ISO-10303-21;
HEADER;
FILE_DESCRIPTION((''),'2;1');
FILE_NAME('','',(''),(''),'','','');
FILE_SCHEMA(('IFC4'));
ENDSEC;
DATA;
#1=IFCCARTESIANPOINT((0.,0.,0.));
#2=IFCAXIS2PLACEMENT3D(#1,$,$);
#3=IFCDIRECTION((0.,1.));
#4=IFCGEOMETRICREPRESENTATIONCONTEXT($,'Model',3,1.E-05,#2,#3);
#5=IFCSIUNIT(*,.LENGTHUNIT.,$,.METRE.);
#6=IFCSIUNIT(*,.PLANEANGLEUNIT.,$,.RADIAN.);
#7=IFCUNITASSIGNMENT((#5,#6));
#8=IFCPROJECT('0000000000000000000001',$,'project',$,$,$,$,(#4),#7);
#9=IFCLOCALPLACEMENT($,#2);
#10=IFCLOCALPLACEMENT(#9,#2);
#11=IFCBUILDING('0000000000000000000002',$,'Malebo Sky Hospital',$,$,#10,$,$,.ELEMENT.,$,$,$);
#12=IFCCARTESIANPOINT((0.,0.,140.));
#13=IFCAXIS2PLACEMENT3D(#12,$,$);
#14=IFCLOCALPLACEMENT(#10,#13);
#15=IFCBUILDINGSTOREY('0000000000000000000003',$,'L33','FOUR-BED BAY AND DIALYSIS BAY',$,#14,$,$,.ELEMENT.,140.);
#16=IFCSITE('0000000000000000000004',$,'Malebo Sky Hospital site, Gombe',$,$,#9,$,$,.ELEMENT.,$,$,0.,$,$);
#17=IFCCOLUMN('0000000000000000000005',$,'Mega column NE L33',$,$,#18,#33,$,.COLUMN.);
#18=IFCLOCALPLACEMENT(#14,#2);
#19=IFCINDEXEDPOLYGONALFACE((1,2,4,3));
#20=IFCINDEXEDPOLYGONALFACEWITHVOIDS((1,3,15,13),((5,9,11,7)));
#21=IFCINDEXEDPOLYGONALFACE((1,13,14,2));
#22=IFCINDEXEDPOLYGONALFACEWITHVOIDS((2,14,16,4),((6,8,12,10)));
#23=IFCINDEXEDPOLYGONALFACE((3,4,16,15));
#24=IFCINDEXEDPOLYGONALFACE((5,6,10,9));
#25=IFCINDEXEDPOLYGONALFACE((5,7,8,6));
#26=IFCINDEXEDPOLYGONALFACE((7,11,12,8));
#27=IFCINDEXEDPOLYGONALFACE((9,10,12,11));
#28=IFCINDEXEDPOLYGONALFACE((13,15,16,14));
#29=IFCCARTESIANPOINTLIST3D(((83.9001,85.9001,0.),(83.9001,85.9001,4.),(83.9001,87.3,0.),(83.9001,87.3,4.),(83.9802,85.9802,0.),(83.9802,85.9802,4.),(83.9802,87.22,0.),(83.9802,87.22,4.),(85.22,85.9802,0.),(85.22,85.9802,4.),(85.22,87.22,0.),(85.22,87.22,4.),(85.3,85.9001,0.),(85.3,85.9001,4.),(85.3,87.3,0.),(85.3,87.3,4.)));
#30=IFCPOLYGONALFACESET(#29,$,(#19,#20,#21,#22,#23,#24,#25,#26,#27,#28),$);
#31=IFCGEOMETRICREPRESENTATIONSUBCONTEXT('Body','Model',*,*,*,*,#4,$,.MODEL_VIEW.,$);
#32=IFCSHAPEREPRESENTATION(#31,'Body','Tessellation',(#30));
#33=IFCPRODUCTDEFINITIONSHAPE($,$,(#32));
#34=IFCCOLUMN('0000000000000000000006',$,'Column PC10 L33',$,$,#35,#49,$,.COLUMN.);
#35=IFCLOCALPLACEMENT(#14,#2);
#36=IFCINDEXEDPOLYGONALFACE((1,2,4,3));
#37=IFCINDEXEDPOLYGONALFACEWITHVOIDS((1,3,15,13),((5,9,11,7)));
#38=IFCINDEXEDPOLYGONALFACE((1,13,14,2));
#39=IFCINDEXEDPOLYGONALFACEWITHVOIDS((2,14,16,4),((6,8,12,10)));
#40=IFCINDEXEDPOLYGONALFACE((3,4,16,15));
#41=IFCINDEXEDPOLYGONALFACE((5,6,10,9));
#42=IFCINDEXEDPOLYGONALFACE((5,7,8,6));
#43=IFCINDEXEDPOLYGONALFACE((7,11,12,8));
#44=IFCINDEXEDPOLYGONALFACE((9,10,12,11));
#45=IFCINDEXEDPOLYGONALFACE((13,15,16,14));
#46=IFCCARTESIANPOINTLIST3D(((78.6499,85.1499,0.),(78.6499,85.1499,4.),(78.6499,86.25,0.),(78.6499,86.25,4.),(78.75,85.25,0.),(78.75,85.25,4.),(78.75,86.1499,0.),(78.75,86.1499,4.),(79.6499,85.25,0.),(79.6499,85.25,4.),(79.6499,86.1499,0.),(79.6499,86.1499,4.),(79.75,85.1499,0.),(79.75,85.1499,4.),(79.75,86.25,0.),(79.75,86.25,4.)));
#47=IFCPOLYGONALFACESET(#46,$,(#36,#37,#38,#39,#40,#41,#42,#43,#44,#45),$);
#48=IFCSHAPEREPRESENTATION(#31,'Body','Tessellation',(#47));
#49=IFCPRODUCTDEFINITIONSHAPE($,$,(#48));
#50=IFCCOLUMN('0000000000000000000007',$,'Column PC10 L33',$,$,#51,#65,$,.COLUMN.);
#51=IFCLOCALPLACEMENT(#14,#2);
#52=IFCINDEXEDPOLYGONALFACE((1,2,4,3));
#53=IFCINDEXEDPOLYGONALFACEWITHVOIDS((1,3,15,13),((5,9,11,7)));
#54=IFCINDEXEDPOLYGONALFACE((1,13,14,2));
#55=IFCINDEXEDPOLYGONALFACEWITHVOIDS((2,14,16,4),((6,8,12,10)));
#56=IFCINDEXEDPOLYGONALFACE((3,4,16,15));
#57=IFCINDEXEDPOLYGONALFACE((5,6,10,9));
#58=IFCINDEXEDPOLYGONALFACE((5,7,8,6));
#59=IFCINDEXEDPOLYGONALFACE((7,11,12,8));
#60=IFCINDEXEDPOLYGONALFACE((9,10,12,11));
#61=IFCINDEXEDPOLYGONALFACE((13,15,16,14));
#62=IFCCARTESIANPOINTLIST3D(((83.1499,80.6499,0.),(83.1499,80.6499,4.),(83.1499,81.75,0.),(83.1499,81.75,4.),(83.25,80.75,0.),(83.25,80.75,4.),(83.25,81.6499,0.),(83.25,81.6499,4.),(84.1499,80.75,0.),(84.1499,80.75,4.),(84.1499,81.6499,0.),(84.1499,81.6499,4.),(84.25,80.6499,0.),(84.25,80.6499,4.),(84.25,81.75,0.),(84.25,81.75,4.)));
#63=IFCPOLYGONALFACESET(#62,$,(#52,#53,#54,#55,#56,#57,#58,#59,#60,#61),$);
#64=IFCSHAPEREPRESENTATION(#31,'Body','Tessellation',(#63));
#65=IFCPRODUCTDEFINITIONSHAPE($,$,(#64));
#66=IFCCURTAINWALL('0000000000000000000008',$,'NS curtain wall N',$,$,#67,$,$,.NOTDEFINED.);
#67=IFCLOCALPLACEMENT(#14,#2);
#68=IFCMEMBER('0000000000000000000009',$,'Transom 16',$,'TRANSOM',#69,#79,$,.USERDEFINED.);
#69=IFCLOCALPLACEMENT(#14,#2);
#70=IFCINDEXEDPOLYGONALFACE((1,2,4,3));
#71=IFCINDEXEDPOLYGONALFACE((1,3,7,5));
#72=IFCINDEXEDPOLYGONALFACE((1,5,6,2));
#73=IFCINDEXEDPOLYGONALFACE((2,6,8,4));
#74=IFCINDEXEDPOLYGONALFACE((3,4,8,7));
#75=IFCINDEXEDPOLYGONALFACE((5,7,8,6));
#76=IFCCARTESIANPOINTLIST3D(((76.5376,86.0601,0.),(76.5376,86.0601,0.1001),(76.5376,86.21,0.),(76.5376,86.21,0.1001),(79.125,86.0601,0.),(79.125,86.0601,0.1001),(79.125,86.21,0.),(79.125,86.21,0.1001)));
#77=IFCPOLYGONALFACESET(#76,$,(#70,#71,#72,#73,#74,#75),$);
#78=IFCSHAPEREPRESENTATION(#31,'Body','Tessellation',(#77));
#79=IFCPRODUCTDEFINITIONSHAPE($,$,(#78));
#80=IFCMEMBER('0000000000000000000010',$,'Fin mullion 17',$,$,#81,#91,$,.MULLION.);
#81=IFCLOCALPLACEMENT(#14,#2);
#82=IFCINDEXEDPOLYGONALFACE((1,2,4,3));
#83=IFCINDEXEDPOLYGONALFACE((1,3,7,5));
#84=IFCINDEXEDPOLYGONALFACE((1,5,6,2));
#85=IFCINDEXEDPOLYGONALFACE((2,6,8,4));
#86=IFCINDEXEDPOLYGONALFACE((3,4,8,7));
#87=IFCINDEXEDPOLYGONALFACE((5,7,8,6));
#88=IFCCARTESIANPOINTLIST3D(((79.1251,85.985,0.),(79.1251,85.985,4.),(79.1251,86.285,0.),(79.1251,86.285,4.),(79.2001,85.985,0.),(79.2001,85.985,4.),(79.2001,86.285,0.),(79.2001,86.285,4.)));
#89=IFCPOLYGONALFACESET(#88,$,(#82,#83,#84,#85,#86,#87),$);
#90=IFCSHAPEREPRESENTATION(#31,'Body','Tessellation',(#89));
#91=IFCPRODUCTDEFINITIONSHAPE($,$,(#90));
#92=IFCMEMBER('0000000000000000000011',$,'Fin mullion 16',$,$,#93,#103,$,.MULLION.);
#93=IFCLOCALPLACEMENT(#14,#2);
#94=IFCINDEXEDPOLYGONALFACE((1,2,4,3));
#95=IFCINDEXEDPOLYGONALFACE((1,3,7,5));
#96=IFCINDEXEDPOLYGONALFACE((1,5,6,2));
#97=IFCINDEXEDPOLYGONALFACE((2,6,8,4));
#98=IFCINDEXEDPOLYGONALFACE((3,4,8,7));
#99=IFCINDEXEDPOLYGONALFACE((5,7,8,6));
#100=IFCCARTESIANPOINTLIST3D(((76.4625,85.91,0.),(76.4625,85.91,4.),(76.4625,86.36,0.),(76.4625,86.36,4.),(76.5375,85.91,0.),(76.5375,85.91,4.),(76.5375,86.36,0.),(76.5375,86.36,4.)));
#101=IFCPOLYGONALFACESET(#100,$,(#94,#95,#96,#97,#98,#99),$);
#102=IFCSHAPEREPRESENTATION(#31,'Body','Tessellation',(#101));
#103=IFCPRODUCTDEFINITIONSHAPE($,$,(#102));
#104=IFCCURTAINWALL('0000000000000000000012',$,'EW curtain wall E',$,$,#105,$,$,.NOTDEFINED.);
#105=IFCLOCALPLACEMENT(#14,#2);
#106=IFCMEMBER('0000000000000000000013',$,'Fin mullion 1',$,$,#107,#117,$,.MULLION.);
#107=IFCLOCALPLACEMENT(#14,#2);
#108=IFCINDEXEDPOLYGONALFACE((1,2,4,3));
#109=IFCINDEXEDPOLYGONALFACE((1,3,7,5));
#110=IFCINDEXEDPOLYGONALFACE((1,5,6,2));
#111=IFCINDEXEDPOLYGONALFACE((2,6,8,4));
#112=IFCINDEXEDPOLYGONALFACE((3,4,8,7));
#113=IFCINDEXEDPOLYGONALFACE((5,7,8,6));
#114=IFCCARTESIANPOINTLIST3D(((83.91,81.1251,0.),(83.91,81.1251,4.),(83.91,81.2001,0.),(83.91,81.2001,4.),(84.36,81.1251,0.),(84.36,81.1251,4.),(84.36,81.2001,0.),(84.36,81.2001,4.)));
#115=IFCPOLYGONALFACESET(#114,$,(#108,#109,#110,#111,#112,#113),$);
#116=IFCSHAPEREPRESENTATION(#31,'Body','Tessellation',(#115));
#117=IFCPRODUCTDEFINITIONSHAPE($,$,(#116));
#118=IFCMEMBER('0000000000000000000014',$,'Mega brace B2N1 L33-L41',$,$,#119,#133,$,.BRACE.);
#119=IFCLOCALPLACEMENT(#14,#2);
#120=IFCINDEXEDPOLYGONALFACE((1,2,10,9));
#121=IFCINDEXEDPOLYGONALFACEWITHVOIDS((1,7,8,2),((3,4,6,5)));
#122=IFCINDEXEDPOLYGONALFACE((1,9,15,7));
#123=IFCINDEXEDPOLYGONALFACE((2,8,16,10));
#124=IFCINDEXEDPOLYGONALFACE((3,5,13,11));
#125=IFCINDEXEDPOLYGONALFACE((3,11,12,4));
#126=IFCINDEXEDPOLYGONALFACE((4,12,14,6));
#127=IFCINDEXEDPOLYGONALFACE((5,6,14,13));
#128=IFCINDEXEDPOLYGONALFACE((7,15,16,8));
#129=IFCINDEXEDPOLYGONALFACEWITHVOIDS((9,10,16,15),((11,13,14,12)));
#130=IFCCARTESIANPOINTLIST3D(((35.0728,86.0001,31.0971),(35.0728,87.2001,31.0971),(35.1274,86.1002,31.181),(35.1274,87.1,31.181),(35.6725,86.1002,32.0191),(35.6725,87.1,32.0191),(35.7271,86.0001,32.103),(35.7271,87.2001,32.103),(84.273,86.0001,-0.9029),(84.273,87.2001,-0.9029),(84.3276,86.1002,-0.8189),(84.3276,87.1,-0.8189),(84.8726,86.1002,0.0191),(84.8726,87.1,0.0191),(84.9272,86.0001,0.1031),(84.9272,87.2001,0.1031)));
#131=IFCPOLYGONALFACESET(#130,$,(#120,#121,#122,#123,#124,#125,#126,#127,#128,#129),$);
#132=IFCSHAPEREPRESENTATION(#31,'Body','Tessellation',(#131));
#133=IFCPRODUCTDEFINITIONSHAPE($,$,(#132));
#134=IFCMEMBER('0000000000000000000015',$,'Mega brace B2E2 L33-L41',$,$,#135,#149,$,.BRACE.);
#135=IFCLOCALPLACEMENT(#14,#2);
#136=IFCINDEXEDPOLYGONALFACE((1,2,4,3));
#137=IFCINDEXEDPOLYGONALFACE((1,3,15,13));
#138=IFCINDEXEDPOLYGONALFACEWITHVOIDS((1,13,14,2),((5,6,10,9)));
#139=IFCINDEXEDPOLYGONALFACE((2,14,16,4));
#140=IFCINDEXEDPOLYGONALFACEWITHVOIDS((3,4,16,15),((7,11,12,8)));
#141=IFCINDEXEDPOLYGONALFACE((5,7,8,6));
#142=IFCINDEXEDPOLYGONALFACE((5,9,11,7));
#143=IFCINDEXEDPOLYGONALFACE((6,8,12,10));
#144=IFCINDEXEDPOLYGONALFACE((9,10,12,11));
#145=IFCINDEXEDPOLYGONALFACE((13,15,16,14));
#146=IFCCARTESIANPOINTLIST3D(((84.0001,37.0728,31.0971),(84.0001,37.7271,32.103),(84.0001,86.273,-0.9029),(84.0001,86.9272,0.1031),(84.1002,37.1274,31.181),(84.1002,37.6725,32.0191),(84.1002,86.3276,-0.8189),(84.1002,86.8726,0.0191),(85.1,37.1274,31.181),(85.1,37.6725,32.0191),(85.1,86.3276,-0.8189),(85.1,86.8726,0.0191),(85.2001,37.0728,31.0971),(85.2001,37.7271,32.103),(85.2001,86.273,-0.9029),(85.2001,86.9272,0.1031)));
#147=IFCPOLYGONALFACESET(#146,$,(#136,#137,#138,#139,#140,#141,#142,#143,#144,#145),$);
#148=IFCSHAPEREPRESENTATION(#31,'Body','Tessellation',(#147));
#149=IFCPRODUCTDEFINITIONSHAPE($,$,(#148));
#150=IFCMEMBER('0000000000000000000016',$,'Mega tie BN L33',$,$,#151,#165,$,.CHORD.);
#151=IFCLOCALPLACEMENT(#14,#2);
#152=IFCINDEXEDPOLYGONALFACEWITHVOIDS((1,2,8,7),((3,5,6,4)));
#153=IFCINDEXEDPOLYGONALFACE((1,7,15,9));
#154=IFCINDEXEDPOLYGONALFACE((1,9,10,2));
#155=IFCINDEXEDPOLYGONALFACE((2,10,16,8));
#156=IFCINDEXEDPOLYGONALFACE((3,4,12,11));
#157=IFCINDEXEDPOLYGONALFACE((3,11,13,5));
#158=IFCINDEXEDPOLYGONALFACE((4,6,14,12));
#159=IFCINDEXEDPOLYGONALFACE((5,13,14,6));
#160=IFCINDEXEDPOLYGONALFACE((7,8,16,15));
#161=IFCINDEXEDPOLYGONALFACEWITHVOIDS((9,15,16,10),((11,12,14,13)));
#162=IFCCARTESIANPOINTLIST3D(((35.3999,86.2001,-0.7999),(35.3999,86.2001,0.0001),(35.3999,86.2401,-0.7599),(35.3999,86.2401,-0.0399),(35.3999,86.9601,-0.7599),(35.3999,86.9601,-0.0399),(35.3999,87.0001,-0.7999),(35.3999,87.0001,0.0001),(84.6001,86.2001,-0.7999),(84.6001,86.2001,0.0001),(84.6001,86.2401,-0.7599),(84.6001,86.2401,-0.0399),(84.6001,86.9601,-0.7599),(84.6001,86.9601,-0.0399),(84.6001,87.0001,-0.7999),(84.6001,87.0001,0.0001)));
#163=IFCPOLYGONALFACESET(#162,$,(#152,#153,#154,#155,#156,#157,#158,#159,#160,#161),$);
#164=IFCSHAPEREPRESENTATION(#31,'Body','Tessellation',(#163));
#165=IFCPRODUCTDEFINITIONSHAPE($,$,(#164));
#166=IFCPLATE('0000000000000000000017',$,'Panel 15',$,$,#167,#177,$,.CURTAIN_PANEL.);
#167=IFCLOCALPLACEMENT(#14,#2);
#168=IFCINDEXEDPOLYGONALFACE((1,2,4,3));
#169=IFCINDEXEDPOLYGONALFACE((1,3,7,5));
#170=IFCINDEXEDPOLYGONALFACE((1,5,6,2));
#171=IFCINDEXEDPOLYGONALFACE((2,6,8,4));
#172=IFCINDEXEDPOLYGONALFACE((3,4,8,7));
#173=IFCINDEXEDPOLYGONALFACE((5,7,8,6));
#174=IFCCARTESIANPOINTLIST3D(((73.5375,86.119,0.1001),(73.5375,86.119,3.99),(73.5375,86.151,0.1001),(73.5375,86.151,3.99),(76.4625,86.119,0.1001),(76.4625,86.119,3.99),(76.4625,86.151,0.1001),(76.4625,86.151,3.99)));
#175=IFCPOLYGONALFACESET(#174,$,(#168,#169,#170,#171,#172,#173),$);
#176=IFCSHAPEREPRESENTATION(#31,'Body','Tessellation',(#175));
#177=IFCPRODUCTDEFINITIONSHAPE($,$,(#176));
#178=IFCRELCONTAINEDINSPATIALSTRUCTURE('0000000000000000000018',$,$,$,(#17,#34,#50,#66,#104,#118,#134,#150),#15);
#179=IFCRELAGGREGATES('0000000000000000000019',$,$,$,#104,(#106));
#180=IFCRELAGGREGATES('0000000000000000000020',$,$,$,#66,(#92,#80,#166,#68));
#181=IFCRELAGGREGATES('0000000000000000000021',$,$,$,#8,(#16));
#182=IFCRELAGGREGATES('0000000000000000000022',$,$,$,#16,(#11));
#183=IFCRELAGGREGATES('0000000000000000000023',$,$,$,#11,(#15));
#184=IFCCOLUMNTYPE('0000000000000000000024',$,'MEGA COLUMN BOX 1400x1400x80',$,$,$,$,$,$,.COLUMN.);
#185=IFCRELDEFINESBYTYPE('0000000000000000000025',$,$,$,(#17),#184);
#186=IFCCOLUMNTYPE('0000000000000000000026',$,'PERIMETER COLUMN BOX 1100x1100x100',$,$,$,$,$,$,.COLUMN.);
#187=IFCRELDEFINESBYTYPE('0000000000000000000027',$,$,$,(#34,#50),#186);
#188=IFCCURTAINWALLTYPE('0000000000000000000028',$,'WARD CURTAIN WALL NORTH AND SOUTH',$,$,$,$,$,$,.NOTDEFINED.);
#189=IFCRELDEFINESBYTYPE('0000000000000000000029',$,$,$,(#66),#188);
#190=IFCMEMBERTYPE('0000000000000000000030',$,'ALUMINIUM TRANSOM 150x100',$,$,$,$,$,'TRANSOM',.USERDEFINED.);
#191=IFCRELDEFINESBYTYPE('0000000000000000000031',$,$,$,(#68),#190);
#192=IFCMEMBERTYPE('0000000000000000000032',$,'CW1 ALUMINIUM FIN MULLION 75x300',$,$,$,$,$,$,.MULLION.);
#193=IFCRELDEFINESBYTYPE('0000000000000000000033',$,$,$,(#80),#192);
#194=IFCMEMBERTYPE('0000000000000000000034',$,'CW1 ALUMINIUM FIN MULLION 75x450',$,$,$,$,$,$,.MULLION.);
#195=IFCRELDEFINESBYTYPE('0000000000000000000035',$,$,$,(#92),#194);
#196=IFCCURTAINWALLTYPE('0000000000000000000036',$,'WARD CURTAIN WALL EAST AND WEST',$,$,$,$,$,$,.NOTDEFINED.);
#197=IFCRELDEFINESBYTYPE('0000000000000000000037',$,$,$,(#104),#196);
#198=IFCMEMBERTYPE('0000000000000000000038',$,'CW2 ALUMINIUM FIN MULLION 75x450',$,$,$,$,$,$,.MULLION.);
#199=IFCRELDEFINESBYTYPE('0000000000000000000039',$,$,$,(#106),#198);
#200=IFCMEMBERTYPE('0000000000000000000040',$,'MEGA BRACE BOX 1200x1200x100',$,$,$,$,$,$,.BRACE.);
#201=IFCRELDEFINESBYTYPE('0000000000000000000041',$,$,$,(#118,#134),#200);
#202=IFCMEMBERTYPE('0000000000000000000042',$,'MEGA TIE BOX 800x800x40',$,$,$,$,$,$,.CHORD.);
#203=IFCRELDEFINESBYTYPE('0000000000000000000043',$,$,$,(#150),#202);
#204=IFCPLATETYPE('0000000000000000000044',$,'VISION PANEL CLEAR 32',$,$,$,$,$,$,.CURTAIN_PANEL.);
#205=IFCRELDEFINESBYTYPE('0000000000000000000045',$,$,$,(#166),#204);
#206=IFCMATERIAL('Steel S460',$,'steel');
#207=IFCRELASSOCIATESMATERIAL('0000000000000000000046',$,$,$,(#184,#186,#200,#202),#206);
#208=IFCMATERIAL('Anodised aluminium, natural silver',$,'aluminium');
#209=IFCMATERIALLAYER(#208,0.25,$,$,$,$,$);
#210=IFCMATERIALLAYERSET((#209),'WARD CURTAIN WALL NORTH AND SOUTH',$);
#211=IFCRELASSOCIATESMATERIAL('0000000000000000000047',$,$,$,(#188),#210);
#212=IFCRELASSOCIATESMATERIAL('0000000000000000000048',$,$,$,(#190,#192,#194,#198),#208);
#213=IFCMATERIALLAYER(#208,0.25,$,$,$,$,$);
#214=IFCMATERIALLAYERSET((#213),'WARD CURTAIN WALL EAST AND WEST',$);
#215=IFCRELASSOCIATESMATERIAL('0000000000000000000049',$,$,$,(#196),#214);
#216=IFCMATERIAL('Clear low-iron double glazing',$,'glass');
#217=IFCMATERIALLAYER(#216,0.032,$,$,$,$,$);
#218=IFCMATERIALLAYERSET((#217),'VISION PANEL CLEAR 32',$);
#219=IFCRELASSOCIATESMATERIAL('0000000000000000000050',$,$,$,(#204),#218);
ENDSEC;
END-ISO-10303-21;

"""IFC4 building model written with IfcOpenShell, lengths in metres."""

from ifc_helpers import new_model, si_unit, direction, frame, origin, origin_2d, place, context, subcontext, project, spatial, rectangle, hollow_rectangle, extrude, material, layer, layer_set, material_profile, profile_set, type_object, element, aggregate, save


model = new_model("IFC4")

# Units and contexts
model_context = context("Model", 3, precision=1e-05, world=origin(), true_north=direction((0.0, 1.0)))
body_context = subcontext(model_context, "Body", "Model", "MODEL_VIEW")
ifc_project = project(units=[si_unit("LENGTHUNIT", "METRE"), si_unit("PLANEANGLEUNIT", "RADIAN")], contexts=[model_context])

# Site, building, storey
site_placement = place(None, origin())
site = spatial("IfcSite", under=ifc_project, at=site_placement, Name="Malebo Sky Hospital site, Gombe", CompositionType="ELEMENT", RefElevation=0.0)
building_placement = place(site_placement, origin())
building = spatial("IfcBuilding", under=site, at=building_placement, Name="Malebo Sky Hospital", CompositionType="ELEMENT")
storey_placement = place(building_placement, frame((0.0, 0.0, 140.0)))
storey = spatial("IfcBuildingStorey", under=building, at=storey_placement, Name="L33", Description="FOUR-BED BAY AND DIALYSIS BAY", CompositionType="ELEMENT", Elevation=140.0)

# Columns
ifc_material_1 = material(Name="Steel S460", Category="steel")
ifc_material_profile_1 = material_profile(ifc_material_1, hollow_rectangle(XDim=1.3999, YDim=1.3999, WallThickness=0.0801, at=origin_2d()), Name="BOX 1400x1400x80")
ifc_profile_set_1 = profile_set([ifc_material_profile_1], Name="Steel S460")
column_type_1 = type_object("IfcColumnType", Name="MEGA COLUMN BOX 1400x1400x80", PredefinedType="COLUMN", material=ifc_profile_set_1)
column_placement = place(storey_placement, frame((84.6001, 86.6001, 0.0), z_axis=(0.0, 0.0, 1.0), x_axis=(1.0, 0.0, 0.0)))
element("IfcColumn", 1, at=column_placement, inside=storey, type_object=column_type_1, Name="Mega column NE L33", PredefinedType="COLUMN", context=body_context, shape_type="SweptSolid", body=[
    extrude(hollow_rectangle(XDim=1.3999, YDim=1.3999, WallThickness=0.0801, at=origin_2d()), origin(), (0.0, 0.0, 1.0), 4.0),
])
ifc_material_profile_2 = material_profile(ifc_material_1, hollow_rectangle(XDim=1.1001, YDim=1.1001, WallThickness=0.1001, at=origin_2d()), Name="BOX 1100x1100x100")
ifc_profile_set_2 = profile_set([ifc_material_profile_2], Name="Steel S460")
column_type_2 = type_object("IfcColumnType", Name="PERIMETER COLUMN BOX 1100x1100x100", PredefinedType="COLUMN", material=ifc_profile_set_2)
for number, where, z_axis, x_axis, name in (
    (2, (79.2, 85.7, 0.0), (0.0, 0.0, 1.0), (1.0, 0.0, 0.0), "Column PC10 L33"),
    (3, (83.7, 81.2, 0.0), (0.0, 0.0, 1.0), (1.0, 0.0, 0.0), "Column PC10 L33"),
):
    element("IfcColumn", number, at=place(storey_placement, frame(where, z_axis=z_axis, x_axis=x_axis)), inside=storey, type_object=column_type_2, Name=name, PredefinedType="COLUMN", context=body_context, shape_type="SweptSolid", body=[
        extrude(hollow_rectangle(XDim=1.1001, YDim=1.1001, WallThickness=0.1001, at=origin_2d()), origin(), (0.0, 0.0, 1.0), 4.0),
    ])

# Curtain wall, members
ifc_material_2 = material(Name="Anodised aluminium, natural silver", Category="aluminium")
ifc_layer_1 = layer(ifc_material_2, 0.25)
ifc_layer_set_1 = layer_set([ifc_layer_1], Name="WARD CURTAIN WALL NORTH AND SOUTH")
curtain_wall_type_1 = type_object("IfcCurtainWallType", Name="WARD CURTAIN WALL NORTH AND SOUTH", PredefinedType="NOTDEFINED", material=ifc_layer_set_1)
curtain_wall_1_placement = place(storey_placement, origin())
curtain_wall_1 = element("IfcCurtainWall", 4, at=curtain_wall_1_placement, inside=storey, type_object=curtain_wall_type_1, Name="NS curtain wall N", PredefinedType="NOTDEFINED")
ifc_material_profile_3 = material_profile(ifc_material_2, rectangle(XDim=0.1499, YDim=0.1001, at=origin_2d()), Name="ALUMINIUM TRANSOM 150x100")
ifc_profile_set_3 = profile_set([ifc_material_profile_3], Name="Anodised aluminium, natural silver")
member_type_1 = type_object("IfcMemberType", Name="ALUMINIUM TRANSOM 150x100", ElementType="TRANSOM", PredefinedType="USERDEFINED", material=ifc_profile_set_3)
member_1_placement = place(storey_placement, frame((76.5376, 86.135, 0.05), z_axis=(1.0, 0.0, 0.0), x_axis=(0.0, 1.0, 0.0)))
member_1 = element("IfcMember", 5, at=member_1_placement, type_object=member_type_1, Name="Transom 16", ObjectType="TRANSOM", PredefinedType="USERDEFINED", context=body_context, shape_type="SweptSolid", body=[
    extrude(rectangle(XDim=0.1499, YDim=0.1001, at=origin_2d()), origin(), (0.0, 0.0, 1.0), 2.5874),
])
ifc_material_profile_4 = material_profile(ifc_material_2, rectangle(XDim=0.075, YDim=0.3, at=origin_2d()), Name="CW1 ALUMINIUM FIN MULLION 75x300")
ifc_profile_set_4 = profile_set([ifc_material_profile_4], Name="Anodised aluminium, natural silver")
member_type_2 = type_object("IfcMemberType", Name="CW1 ALUMINIUM FIN MULLION 75x300", PredefinedType="MULLION", material=ifc_profile_set_4)
member_2_placement = place(storey_placement, frame((79.1626, 86.135, 0.0), z_axis=(0.0, 0.0, 1.0), x_axis=(1.0, 0.0, 0.0)))
member_2 = element("IfcMember", 6, at=member_2_placement, type_object=member_type_2, Name="Fin mullion 17", PredefinedType="MULLION", context=body_context, shape_type="SweptSolid", body=[
    extrude(rectangle(XDim=0.075, YDim=0.3, at=origin_2d()), origin(), (0.0, 0.0, 1.0), 4.0),
])
ifc_material_profile_5 = material_profile(ifc_material_2, rectangle(XDim=0.075, YDim=0.45, at=origin_2d()), Name="CW1 ALUMINIUM FIN MULLION 75x450")
ifc_profile_set_5 = profile_set([ifc_material_profile_5], Name="Anodised aluminium, natural silver")
member_type_3 = type_object("IfcMemberType", Name="CW1 ALUMINIUM FIN MULLION 75x450", PredefinedType="MULLION", material=ifc_profile_set_5)
member_3_placement = place(storey_placement, frame((76.5, 86.135, 0.0), z_axis=(0.0, 0.0, 1.0), x_axis=(1.0, 0.0, 0.0)))
member_3 = element("IfcMember", 7, at=member_3_placement, type_object=member_type_3, Name="Fin mullion 16", PredefinedType="MULLION", context=body_context, shape_type="SweptSolid", body=[
    extrude(rectangle(XDim=0.075, YDim=0.45, at=origin_2d()), origin(), (0.0, 0.0, 1.0), 4.0),
])

# Curtain wall, member
ifc_layer_2 = layer(ifc_material_2, 0.25)
ifc_layer_set_2 = layer_set([ifc_layer_2], Name="WARD CURTAIN WALL EAST AND WEST")
curtain_wall_type_2 = type_object("IfcCurtainWallType", Name="WARD CURTAIN WALL EAST AND WEST", PredefinedType="NOTDEFINED", material=ifc_layer_set_2)
curtain_wall_2_placement = place(storey_placement, origin())
curtain_wall_2 = element("IfcCurtainWall", 8, at=curtain_wall_2_placement, inside=storey, type_object=curtain_wall_type_2, Name="EW curtain wall E", PredefinedType="NOTDEFINED")
ifc_material_profile_6 = material_profile(ifc_material_2, rectangle(XDim=0.075, YDim=0.45, at=origin_2d()), Name="CW2 ALUMINIUM FIN MULLION 75x450")
ifc_profile_set_6 = profile_set([ifc_material_profile_6], Name="Anodised aluminium, natural silver")
member_type_4 = type_object("IfcMemberType", Name="CW2 ALUMINIUM FIN MULLION 75x450", PredefinedType="MULLION", material=ifc_profile_set_6)
member_4_placement = place(storey_placement, frame((84.135, 81.1626, 0.0), z_axis=(0.0, 0.0, 1.0), x_axis=(0.0, -1.0, 0.0)))
member_4 = element("IfcMember", 9, at=member_4_placement, type_object=member_type_4, Name="Fin mullion 1", PredefinedType="MULLION", context=body_context, shape_type="SweptSolid", body=[
    extrude(rectangle(XDim=0.075, YDim=0.45, at=origin_2d()), origin(), (0.0, 0.0, 1.0), 4.0),
])
aggregate(curtain_wall_2, [member_4])

# Members
ifc_material_profile_7 = material_profile(ifc_material_1, hollow_rectangle(XDim=1.2, YDim=1.2, WallThickness=0.1001, at=origin_2d()), Name="BOX 1200x1200x100")
ifc_profile_set_7 = profile_set([ifc_material_profile_7], Name="Steel S460")
member_type_5 = type_object("IfcMemberType", Name="MEGA BRACE BOX 1200x1200x100", PredefinedType="BRACE", material=ifc_profile_set_7)
for number, where, z_axis, x_axis, name in (
    (10, (84.6001, 86.6001, -0.3999), (-0.838289, 0.0, 0.545226), (0.0, -1.0, 0.0), "Mega brace B2N1 L33-L41"),
    (11, (84.6001, 86.6001, -0.3999), (0.0, -0.838289, 0.545226), (1.0, 0.0, 0.0), "Mega brace B2E2 L33-L41"),
):
    element("IfcMember", number, at=place(storey_placement, frame(where, z_axis=z_axis, x_axis=x_axis)), inside=storey, type_object=member_type_5, Name=name, PredefinedType="BRACE", context=body_context, shape_type="SweptSolid", body=[
        extrude(hollow_rectangle(XDim=1.2, YDim=1.2, WallThickness=0.1001, at=origin_2d()), origin(), (0.0, 0.0, 1.0), 58.6912),
    ])
ifc_material_profile_8 = material_profile(ifc_material_1, hollow_rectangle(XDim=0.8, YDim=0.8, WallThickness=0.04, at=origin_2d()), Name="BOX 800x800x40")
ifc_profile_set_8 = profile_set([ifc_material_profile_8], Name="Steel S460")
member_type_6 = type_object("IfcMemberType", Name="MEGA TIE BOX 800x800x40", PredefinedType="CHORD", material=ifc_profile_set_8)
member_5_placement = place(storey_placement, frame((84.6001, 86.6001, -0.3999), z_axis=(-1.0, 0.0, 0.0), x_axis=(0.0, -1.0, 0.0)))
element("IfcMember", 12, at=member_5_placement, inside=storey, type_object=member_type_6, Name="Mega tie BN L33", PredefinedType="CHORD", context=body_context, shape_type="SweptSolid", body=[
    extrude(hollow_rectangle(XDim=0.8, YDim=0.8, WallThickness=0.04, at=origin_2d()), origin(), (0.0, 0.0, 1.0), 49.2002),
])

# Plate
ifc_material_3 = material(Name="Clear low-iron double glazing", Category="glass")
ifc_layer_3 = layer(ifc_material_3, 0.032)
ifc_layer_set_3 = layer_set([ifc_layer_3], Name="VISION PANEL CLEAR 32")
plate_type = type_object("IfcPlateType", Name="VISION PANEL CLEAR 32", PredefinedType="CURTAIN_PANEL", material=ifc_layer_set_3)
plate_1_placement = place(storey_placement, frame((75.0, 86.135, 0.1001), z_axis=(0.0, 0.0, 1.0), x_axis=(1.0, 0.0, 0.0)))
plate_1 = element("IfcPlate", 13, at=plate_1_placement, type_object=plate_type, Name="Panel 15", PredefinedType="CURTAIN_PANEL", context=body_context, shape_type="SweptSolid", body=[
    extrude(rectangle(XDim=2.925, YDim=0.032, at=origin_2d()), origin(), (0.0, 0.0, 1.0), 3.8899),
])
aggregate(curtain_wall_1, [member_3, member_2, plate_1, member_1])

save(model, "model.ifc")
